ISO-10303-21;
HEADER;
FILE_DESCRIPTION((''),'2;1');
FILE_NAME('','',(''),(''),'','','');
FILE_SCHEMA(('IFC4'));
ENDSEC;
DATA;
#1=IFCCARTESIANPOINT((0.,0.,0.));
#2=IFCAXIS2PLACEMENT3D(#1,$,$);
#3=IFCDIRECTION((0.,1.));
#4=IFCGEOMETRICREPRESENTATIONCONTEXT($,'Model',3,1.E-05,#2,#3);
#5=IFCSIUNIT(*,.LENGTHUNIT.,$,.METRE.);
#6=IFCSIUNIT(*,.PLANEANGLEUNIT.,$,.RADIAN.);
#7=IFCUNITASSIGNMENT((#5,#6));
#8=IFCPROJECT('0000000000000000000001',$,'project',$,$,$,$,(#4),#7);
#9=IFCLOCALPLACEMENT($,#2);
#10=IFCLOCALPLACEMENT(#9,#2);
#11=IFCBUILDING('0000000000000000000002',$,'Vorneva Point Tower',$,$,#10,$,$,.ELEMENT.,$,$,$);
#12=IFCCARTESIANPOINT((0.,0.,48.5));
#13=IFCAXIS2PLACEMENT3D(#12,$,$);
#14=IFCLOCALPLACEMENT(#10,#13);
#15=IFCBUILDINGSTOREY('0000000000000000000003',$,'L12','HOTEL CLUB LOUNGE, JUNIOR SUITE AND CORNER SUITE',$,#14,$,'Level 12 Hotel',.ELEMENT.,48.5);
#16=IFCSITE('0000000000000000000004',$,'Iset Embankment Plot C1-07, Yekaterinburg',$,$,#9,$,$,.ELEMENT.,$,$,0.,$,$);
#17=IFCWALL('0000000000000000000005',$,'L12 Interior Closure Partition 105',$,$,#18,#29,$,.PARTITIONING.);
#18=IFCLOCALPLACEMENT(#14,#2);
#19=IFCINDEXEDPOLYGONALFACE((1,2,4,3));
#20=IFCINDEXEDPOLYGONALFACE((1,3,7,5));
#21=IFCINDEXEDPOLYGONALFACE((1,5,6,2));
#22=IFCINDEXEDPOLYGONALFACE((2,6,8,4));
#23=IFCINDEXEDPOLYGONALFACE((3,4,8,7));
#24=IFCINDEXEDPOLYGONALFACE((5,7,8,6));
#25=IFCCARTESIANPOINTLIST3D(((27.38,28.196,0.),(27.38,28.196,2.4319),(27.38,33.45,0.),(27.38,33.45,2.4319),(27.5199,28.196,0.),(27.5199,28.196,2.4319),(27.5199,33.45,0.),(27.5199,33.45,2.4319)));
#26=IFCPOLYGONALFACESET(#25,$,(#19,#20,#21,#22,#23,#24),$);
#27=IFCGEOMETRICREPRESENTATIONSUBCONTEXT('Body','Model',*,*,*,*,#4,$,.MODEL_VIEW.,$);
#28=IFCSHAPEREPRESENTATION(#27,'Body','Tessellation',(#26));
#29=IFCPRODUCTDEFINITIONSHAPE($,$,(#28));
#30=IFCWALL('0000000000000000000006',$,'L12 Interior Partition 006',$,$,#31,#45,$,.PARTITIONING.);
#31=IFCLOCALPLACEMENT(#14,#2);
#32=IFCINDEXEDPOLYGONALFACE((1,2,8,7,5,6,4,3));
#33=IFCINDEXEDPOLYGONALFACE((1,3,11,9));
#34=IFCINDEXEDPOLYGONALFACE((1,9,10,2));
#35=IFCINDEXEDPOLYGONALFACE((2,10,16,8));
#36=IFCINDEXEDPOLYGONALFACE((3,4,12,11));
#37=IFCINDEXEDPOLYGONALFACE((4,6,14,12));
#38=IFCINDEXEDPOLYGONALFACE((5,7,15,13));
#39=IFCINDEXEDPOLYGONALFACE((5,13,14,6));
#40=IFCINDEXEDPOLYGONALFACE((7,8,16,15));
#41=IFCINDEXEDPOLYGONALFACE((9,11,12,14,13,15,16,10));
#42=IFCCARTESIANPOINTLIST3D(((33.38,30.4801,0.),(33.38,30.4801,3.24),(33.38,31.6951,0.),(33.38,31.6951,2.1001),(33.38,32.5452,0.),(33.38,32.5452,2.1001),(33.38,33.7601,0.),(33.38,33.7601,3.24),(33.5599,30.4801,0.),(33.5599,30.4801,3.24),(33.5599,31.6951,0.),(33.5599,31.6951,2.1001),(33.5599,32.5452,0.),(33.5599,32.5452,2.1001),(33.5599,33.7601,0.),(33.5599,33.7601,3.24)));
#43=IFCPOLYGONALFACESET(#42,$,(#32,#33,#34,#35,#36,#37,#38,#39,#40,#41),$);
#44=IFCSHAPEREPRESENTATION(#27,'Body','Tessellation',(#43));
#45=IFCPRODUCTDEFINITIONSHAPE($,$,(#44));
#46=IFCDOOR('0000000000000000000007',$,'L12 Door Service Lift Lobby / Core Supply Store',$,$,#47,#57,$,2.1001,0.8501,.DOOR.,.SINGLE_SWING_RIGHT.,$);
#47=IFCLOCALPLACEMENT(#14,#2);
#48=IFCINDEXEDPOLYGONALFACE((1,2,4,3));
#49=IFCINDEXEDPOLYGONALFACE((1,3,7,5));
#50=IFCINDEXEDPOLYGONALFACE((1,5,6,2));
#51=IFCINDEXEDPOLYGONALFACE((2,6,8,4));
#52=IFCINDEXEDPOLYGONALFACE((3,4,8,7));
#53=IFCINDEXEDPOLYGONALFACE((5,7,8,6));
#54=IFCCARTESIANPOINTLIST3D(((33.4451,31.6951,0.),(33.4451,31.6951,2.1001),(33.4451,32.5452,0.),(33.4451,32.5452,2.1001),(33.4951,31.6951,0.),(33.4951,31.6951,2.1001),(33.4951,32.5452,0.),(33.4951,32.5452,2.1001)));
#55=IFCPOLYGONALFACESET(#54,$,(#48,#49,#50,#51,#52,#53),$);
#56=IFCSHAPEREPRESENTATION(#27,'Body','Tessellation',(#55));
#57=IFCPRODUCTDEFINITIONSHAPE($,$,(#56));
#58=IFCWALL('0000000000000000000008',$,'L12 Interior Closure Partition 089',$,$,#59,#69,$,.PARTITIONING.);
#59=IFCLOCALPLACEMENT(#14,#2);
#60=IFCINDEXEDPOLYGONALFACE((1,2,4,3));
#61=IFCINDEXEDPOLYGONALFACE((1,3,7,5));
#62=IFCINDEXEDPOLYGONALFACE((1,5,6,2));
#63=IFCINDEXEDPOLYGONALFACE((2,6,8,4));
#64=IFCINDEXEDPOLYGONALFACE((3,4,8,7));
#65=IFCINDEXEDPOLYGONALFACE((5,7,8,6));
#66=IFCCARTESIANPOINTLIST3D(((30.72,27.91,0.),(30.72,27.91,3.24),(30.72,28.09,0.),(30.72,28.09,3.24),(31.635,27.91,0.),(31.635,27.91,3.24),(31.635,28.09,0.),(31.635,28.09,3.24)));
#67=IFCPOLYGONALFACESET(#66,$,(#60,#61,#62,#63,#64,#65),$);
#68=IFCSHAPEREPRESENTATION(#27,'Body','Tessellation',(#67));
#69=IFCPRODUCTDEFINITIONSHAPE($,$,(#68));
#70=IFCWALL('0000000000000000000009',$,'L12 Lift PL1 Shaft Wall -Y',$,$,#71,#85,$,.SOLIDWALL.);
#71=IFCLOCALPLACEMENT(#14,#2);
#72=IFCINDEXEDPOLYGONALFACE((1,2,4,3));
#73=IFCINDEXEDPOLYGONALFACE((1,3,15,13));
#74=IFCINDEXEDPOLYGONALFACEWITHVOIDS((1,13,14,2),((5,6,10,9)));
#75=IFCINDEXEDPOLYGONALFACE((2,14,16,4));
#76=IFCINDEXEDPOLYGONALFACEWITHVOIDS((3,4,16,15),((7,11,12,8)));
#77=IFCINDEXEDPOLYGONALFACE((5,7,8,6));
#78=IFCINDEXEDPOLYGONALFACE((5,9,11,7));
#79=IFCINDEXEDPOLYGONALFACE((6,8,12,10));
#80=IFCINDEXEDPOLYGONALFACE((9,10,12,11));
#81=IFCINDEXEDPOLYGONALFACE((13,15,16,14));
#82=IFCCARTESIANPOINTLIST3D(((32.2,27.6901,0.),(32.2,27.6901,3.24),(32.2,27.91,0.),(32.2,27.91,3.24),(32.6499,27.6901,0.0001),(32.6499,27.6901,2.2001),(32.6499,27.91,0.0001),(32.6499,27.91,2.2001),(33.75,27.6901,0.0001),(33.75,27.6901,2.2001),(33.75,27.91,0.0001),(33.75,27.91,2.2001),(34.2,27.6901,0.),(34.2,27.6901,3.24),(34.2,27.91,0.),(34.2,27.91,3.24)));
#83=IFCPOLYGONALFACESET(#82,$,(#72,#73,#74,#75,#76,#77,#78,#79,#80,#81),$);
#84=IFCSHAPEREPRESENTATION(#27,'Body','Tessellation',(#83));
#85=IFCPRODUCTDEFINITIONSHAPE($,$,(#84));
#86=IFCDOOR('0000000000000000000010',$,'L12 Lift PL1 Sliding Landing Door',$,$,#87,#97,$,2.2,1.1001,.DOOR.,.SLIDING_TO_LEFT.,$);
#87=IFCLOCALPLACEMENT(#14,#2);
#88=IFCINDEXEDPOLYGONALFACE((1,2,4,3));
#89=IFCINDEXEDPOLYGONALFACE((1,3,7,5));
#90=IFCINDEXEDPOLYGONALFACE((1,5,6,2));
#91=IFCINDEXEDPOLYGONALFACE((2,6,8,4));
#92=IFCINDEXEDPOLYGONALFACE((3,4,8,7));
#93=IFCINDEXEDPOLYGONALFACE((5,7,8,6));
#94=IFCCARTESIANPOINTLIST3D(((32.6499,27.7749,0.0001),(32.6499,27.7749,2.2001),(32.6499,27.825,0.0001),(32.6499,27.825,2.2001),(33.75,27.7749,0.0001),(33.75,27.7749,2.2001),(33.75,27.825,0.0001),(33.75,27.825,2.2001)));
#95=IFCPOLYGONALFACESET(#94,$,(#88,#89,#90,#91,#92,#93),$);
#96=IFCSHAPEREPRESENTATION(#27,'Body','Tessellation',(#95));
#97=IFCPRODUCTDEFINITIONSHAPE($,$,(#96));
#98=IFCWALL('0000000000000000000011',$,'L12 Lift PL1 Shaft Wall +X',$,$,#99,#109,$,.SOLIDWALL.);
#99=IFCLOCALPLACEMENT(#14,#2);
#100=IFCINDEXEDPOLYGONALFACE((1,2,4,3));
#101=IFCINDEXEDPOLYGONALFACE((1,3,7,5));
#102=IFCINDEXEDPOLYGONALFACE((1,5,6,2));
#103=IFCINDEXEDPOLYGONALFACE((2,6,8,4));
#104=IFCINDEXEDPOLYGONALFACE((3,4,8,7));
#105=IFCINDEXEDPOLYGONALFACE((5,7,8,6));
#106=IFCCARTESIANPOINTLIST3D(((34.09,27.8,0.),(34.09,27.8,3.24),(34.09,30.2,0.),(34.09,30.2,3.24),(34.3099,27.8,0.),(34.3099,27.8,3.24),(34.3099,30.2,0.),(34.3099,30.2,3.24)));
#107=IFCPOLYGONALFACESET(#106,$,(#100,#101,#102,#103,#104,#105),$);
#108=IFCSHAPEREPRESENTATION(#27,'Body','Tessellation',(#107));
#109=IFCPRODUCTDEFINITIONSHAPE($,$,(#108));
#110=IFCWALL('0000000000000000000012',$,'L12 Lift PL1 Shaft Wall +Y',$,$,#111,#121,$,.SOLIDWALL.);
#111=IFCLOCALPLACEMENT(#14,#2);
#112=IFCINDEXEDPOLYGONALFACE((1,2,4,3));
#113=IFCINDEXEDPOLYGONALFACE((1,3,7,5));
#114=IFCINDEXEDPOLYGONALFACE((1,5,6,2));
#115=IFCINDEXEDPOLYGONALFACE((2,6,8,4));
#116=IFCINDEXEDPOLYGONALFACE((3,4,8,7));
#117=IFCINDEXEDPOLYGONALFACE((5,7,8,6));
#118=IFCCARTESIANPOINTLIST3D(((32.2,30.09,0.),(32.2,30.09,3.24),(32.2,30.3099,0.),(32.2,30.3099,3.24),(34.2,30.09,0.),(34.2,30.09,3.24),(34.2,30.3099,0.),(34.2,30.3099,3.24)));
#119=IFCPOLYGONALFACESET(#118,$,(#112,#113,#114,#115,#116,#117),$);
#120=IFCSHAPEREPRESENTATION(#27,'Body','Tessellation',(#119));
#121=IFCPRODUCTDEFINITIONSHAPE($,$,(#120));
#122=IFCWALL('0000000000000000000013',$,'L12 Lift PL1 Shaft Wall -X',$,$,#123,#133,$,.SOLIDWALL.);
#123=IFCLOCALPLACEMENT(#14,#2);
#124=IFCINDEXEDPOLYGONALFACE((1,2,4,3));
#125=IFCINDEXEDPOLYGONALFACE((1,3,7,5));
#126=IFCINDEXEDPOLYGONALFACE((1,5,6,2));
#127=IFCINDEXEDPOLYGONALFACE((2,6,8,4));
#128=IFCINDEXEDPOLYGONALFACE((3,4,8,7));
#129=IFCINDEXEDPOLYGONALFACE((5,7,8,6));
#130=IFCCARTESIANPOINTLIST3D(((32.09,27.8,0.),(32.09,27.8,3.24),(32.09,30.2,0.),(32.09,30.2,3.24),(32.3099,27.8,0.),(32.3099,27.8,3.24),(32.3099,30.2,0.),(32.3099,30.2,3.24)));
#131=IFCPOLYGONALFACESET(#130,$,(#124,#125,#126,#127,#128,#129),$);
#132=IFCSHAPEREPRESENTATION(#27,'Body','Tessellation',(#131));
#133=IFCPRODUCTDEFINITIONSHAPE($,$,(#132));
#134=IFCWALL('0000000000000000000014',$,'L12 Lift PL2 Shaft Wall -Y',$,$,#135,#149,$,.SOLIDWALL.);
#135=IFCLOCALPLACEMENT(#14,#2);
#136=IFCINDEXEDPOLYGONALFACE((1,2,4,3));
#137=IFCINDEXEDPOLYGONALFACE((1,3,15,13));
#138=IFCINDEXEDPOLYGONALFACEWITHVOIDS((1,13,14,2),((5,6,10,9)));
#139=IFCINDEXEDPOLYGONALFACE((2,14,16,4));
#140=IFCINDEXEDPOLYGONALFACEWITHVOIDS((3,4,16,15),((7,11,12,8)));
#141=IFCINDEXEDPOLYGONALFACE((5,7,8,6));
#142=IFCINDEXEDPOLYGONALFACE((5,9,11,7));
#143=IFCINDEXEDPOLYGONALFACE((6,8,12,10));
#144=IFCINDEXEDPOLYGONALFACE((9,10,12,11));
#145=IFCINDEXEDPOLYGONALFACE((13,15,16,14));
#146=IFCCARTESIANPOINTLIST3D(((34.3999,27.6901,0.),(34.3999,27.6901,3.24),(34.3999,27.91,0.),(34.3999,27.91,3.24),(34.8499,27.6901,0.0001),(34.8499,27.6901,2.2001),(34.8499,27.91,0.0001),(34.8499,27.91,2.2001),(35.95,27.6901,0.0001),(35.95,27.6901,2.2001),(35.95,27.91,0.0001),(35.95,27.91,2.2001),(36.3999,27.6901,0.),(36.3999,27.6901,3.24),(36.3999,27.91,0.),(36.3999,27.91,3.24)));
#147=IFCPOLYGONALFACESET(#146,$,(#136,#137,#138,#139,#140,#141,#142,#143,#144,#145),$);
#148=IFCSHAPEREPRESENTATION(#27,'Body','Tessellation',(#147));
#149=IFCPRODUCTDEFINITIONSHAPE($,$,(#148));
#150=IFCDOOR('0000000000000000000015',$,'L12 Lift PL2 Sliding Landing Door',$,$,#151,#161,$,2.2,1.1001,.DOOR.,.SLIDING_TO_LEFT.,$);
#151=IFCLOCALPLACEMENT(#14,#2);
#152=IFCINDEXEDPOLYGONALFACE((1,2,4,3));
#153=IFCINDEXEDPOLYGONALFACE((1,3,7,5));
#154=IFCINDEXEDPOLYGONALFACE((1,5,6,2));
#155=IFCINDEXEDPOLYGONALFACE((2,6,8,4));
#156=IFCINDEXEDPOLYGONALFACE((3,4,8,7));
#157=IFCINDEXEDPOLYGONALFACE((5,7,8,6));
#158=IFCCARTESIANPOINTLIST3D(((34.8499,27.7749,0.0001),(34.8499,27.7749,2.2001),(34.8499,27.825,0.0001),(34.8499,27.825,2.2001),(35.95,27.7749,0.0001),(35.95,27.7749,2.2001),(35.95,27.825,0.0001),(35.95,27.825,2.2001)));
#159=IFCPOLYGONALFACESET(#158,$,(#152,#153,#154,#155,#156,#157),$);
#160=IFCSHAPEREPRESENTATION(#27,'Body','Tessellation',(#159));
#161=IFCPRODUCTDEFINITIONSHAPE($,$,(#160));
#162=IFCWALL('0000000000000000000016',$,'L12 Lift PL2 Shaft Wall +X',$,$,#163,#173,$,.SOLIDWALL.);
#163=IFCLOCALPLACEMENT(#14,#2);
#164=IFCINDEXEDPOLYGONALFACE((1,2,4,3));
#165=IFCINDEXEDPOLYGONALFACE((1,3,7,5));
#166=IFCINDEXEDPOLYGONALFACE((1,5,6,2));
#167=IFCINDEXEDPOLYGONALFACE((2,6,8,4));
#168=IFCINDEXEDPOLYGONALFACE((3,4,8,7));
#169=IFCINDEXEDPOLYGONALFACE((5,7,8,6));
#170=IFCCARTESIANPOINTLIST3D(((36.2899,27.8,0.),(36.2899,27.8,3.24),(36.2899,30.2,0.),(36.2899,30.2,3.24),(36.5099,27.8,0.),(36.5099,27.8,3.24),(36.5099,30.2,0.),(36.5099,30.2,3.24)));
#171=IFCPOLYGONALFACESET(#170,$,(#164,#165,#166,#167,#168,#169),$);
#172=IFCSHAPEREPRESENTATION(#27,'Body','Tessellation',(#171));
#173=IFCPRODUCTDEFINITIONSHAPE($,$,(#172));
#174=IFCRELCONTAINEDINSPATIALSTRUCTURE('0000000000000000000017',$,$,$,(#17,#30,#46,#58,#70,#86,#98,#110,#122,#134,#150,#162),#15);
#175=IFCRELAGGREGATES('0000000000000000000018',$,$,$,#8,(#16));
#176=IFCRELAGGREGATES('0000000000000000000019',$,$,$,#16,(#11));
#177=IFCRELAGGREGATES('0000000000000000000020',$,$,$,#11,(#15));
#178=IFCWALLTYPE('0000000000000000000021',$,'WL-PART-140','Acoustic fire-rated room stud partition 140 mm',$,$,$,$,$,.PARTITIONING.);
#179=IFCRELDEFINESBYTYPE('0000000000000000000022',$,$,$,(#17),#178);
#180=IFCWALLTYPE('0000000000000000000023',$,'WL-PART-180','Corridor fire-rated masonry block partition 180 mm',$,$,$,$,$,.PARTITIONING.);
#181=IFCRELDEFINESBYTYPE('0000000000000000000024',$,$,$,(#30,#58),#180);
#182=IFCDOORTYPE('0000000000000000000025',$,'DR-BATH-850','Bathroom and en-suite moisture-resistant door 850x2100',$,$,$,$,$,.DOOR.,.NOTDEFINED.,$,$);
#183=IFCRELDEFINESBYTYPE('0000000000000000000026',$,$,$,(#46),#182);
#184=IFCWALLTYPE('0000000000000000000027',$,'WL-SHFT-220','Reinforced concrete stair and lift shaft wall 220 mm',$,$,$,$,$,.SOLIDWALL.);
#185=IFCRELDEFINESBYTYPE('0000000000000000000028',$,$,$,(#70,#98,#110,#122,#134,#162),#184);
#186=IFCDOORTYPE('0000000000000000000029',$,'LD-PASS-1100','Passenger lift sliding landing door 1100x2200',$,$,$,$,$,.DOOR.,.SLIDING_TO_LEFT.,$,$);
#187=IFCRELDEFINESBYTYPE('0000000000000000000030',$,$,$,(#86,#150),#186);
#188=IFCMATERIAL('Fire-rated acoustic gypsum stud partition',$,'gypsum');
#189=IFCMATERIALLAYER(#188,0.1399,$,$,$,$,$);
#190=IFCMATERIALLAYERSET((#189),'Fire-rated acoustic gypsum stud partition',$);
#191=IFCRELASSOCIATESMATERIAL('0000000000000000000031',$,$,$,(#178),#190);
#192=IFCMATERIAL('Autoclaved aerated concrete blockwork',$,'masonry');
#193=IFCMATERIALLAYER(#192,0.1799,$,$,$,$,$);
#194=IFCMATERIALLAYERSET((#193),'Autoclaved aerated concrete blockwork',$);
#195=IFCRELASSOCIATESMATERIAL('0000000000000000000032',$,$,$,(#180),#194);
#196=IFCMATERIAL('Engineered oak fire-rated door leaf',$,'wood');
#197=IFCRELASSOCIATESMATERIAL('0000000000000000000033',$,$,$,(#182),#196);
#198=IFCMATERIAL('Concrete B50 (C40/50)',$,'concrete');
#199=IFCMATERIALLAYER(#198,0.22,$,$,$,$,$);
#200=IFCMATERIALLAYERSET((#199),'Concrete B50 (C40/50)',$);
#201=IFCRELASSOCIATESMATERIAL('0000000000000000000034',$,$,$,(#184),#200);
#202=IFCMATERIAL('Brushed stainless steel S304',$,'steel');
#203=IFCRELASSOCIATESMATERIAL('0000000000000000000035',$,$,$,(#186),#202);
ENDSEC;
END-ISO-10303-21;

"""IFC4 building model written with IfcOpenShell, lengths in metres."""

from ifc_helpers import new_model, si_unit, direction, frame, frame_2d, origin, place, context, subcontext, project, spatial, rectangle, extrude, material, layer, layer_set, type_object, element, fill, save


model = new_model("IFC4")

# Units and contexts
model_context = context("Model", 3, precision=1e-05, world=origin(), true_north=direction((0.0, 1.0)))
body_context = subcontext(model_context, "Body", "Model", "MODEL_VIEW")
ifc_project = project(units=[si_unit("LENGTHUNIT", "METRE"), si_unit("PLANEANGLEUNIT", "RADIAN")], contexts=[model_context])

# Site, building, storey
site_placement = place(None, origin())
site = spatial("IfcSite", under=ifc_project, at=site_placement, Name="Iset Embankment Plot C1-07, Yekaterinburg", CompositionType="ELEMENT", RefElevation=0.0)
building_placement = place(site_placement, origin())
building = spatial("IfcBuilding", under=site, at=building_placement, Name="Vorneva Point Tower", CompositionType="ELEMENT")
storey_placement = place(building_placement, frame((0.0, 0.0, 48.5)))
storey = spatial("IfcBuildingStorey", under=building, at=storey_placement, Name="L12", Description="HOTEL CLUB LOUNGE, JUNIOR SUITE AND CORNER SUITE", LongName="Level 12 Hotel", CompositionType="ELEMENT", Elevation=48.5)

# Shared definitions
ifc_material_1 = material(Name="Brushed stainless steel S304", Category="steel")

# Wall
ifc_material_2 = material(Name="Fire-rated acoustic gypsum stud partition", Category="gypsum")
ifc_layer_1 = layer(ifc_material_2, 0.1399)
ifc_layer_set_1 = layer_set([ifc_layer_1], Name="Fire-rated acoustic gypsum stud partition")
wall_type_1 = type_object("IfcWallType", Name="WL-PART-140", Description="Acoustic fire-rated room stud partition 140 mm", PredefinedType="PARTITIONING", material=ifc_layer_set_1)
wall_1_placement = place(storey_placement, frame((27.45, 28.196, 0.0), z_axis=(0.0, 0.0, 1.0), x_axis=(0.0, 1.0, 0.0)))
element("IfcWall", 1, at=wall_1_placement, inside=storey, type_object=wall_type_1, Name="L12 Interior Closure Partition 105", PredefinedType="PARTITIONING", context=body_context, shape_type="SweptSolid", body=[
    extrude(rectangle(XDim=5.2539, YDim=0.1399, at=frame_2d((2.627, 0.0))), origin(), (0.0, 0.0, 1.0), 2.4319),
])

# Wall, opening, door
ifc_material_3 = material(Name="Autoclaved aerated concrete blockwork", Category="masonry")
ifc_layer_2 = layer(ifc_material_3, 0.1799)
ifc_layer_set_2 = layer_set([ifc_layer_2], Name="Autoclaved aerated concrete blockwork")
wall_type_2 = type_object("IfcWallType", Name="WL-PART-180", Description="Corridor fire-rated masonry block partition 180 mm", PredefinedType="PARTITIONING", material=ifc_layer_set_2)
wall_2_placement = place(storey_placement, frame((33.47, 30.48, 0.0), z_axis=(0.0, 0.0, 1.0), x_axis=(0.0, 1.0, 0.0)))
wall_2 = element("IfcWall", 2, at=wall_2_placement, inside=storey, type_object=wall_type_2, Name="L12 Interior Partition 006", PredefinedType="PARTITIONING", context=body_context, shape_type="SweptSolid", body=[
    extrude(rectangle(XDim=3.28, YDim=0.1799, at=frame_2d((1.6401, 0.0))), origin(), (0.0, 0.0, 1.0), 3.24),
])
opening_1_placement = place(wall_2_placement, frame((1.2151, 0.0, 0.0)))
opening_1 = element("IfcOpeningElement", 3, at=opening_1_placement, cuts=wall_2, PredefinedType="OPENING", context=body_context, shape_type="SweptSolid", body=[
    extrude(rectangle(XDim=0.8501, YDim=2.1001, at=frame_2d((0.425, 1.05))), frame((0.0, 0.105, 0.0), z_axis=(0.0, -1.0, 0.0), x_axis=(1.0, 0.0, 0.0)), (0.0, 0.0, 1.0), 0.2097),
])
ifc_material_4 = material(Name="Engineered oak fire-rated door leaf", Category="wood")
door_type_1 = type_object("IfcDoorType", Name="DR-BATH-850", Description="Bathroom and en-suite moisture-resistant door 850x2100", OperationType="NOTDEFINED", PredefinedType="DOOR", material=ifc_material_4)
door_1_placement = place(opening_1_placement, origin())
door_1 = element("IfcDoor", 4, at=door_1_placement, inside=storey, type_object=door_type_1, Name="L12 Door Service Lift Lobby / Core Supply Store", OperationType="SINGLE_SWING_RIGHT", OverallHeight=2.1001, OverallWidth=0.8501, PredefinedType="DOOR", context=body_context, shape_type="SweptSolid", body=[
    extrude(rectangle(XDim=0.8501, YDim=2.1001, at=frame_2d((0.425, 1.05))), frame((0.0, 0.0249, 0.0), z_axis=(0.0, -1.0, 0.0), x_axis=(1.0, 0.0, 0.0)), (0.0, 0.0, 1.0), 0.05),
])
fill(opening_1, door_1)

# Wall
wall_3_placement = place(storey_placement, frame((31.635, 28.0, 0.0), z_axis=(0.0, 0.0, 1.0), x_axis=(-1.0, 0.0, 0.0)))
element("IfcWall", 5, at=wall_3_placement, inside=storey, type_object=wall_type_2, Name="L12 Interior Closure Partition 089", PredefinedType="PARTITIONING", context=body_context, shape_type="SweptSolid", body=[
    extrude(rectangle(XDim=0.915, YDim=0.1799, at=frame_2d((0.4575, 0.0))), origin(), (0.0, 0.0, 1.0), 3.24),
])

# Wall, opening, door
ifc_material_5 = material(Name="Concrete B50 (C40/50)", Category="concrete")
ifc_layer_3 = layer(ifc_material_5, 0.22)
ifc_layer_set_3 = layer_set([ifc_layer_3], Name="Concrete B50 (C40/50)")
wall_type_3 = type_object("IfcWallType", Name="WL-SHFT-220", Description="Reinforced concrete stair and lift shaft wall 220 mm", PredefinedType="SOLIDWALL", material=ifc_layer_set_3)
wall_4_placement = place(storey_placement, frame((32.2, 27.8, 0.0), z_axis=(0.0, 0.0, 1.0), x_axis=(1.0, 0.0, 0.0)))
wall_4 = element("IfcWall", 6, at=wall_4_placement, inside=storey, type_object=wall_type_3, Name="L12 Lift PL1 Shaft Wall -Y", PredefinedType="SOLIDWALL", context=body_context, shape_type="SweptSolid", body=[
    extrude(rectangle(XDim=2.0, YDim=0.22, at=frame_2d((1.0, 0.0))), origin(), (0.0, 0.0, 1.0), 3.24),
])
opening_2_placement = place(wall_4_placement, frame((0.45, 0.0, 0.0)))
opening_2 = element("IfcOpeningElement", 7, at=opening_2_placement, cuts=wall_4, PredefinedType="OPENING", context=body_context, shape_type="SweptSolid", body=[
    extrude(rectangle(XDim=1.1001, YDim=2.2, at=frame_2d((0.55, 1.1001))), frame((0.0, 0.125, 0.0), z_axis=(0.0, -1.0, 0.0), x_axis=(1.0, 0.0, 0.0)), (0.0, 0.0, 1.0), 0.2498),
])
door_type_2 = type_object("IfcDoorType", Name="LD-PASS-1100", Description="Passenger lift sliding landing door 1100x2200", OperationType="SLIDING_TO_LEFT", PredefinedType="DOOR", material=ifc_material_1)
door_2_placement = place(opening_2_placement, origin())
door_2 = element("IfcDoor", 8, at=door_2_placement, inside=storey, type_object=door_type_2, Name="L12 Lift PL1 Sliding Landing Door", OperationType="SLIDING_TO_LEFT", OverallHeight=2.2, OverallWidth=1.1001, PredefinedType="DOOR", context=body_context, shape_type="SweptSolid", body=[
    extrude(rectangle(XDim=1.1001, YDim=2.2, at=frame_2d((0.55, 1.1001))), frame((0.0, 0.0249, 0.0), z_axis=(0.0, -1.0, 0.0), x_axis=(1.0, 0.0, 0.0)), (0.0, 0.0, 1.0), 0.05),
])
fill(opening_2, door_2)

# Walls
wall_5_placement = place(storey_placement, frame((34.2, 27.8, 0.0), z_axis=(0.0, 0.0, 1.0), x_axis=(0.0, 1.0, 0.0)))
element("IfcWall", 9, at=wall_5_placement, inside=storey, type_object=wall_type_3, Name="L12 Lift PL1 Shaft Wall +X", PredefinedType="SOLIDWALL", context=body_context, shape_type="SweptSolid", body=[
    extrude(rectangle(XDim=2.3999, YDim=0.22, at=frame_2d((1.2, 0.0))), origin(), (0.0, 0.0, 1.0), 3.24),
])
wall_6_placement = place(storey_placement, frame((34.2, 30.2, 0.0), z_axis=(0.0, 0.0, 1.0), x_axis=(-1.0, 0.0, 0.0)))
element("IfcWall", 10, at=wall_6_placement, inside=storey, type_object=wall_type_3, Name="L12 Lift PL1 Shaft Wall +Y", PredefinedType="SOLIDWALL", context=body_context, shape_type="SweptSolid", body=[
    extrude(rectangle(XDim=2.0, YDim=0.22, at=frame_2d((1.0, 0.0))), origin(), (0.0, 0.0, 1.0), 3.24),
])
wall_7_placement = place(storey_placement, frame((32.2, 30.2, 0.0), z_axis=(0.0, 0.0, 1.0), x_axis=(0.0, -1.0, 0.0)))
element("IfcWall", 11, at=wall_7_placement, inside=storey, type_object=wall_type_3, Name="L12 Lift PL1 Shaft Wall -X", PredefinedType="SOLIDWALL", context=body_context, shape_type="SweptSolid", body=[
    extrude(rectangle(XDim=2.3999, YDim=0.22, at=frame_2d((1.2, 0.0))), origin(), (0.0, 0.0, 1.0), 3.24),
])

# Wall, opening, door
wall_8_placement = place(storey_placement, frame((34.3999, 27.8, 0.0), z_axis=(0.0, 0.0, 1.0), x_axis=(1.0, 0.0, 0.0)))
wall_8 = element("IfcWall", 12, at=wall_8_placement, inside=storey, type_object=wall_type_3, Name="L12 Lift PL2 Shaft Wall -Y", PredefinedType="SOLIDWALL", context=body_context, shape_type="SweptSolid", body=[
    extrude(rectangle(XDim=2.0, YDim=0.22, at=frame_2d((1.0, 0.0))), origin(), (0.0, 0.0, 1.0), 3.24),
])
opening_3_placement = place(wall_8_placement, frame((0.45, 0.0, 0.0)))
opening_3 = element("IfcOpeningElement", 13, at=opening_3_placement, cuts=wall_8, PredefinedType="OPENING", context=body_context, shape_type="SweptSolid", body=[
    extrude(rectangle(XDim=1.1001, YDim=2.2, at=frame_2d((0.55, 1.1001))), frame((0.0, 0.125, 0.0), z_axis=(0.0, -1.0, 0.0), x_axis=(1.0, 0.0, 0.0)), (0.0, 0.0, 1.0), 0.2498),
])
door_3_placement = place(opening_3_placement, origin())
door_3 = element("IfcDoor", 14, at=door_3_placement, inside=storey, type_object=door_type_2, Name="L12 Lift PL2 Sliding Landing Door", OperationType="SLIDING_TO_LEFT", OverallHeight=2.2, OverallWidth=1.1001, PredefinedType="DOOR", context=body_context, shape_type="SweptSolid", body=[
    extrude(rectangle(XDim=1.1001, YDim=2.2, at=frame_2d((0.55, 1.1001))), frame((0.0, 0.0249, 0.0), z_axis=(0.0, -1.0, 0.0), x_axis=(1.0, 0.0, 0.0)), (0.0, 0.0, 1.0), 0.05),
])
fill(opening_3, door_3)

# Wall
wall_9_placement = place(storey_placement, frame((36.3999, 27.8, 0.0), z_axis=(0.0, 0.0, 1.0), x_axis=(0.0, 1.0, 0.0)))
element("IfcWall", 15, at=wall_9_placement, inside=storey, type_object=wall_type_3, Name="L12 Lift PL2 Shaft Wall +X", PredefinedType="SOLIDWALL", context=body_context, shape_type="SweptSolid", body=[
    extrude(rectangle(XDim=2.3999, YDim=0.22, at=frame_2d((1.2, 0.0))), origin(), (0.0, 0.0, 1.0), 3.24),
])

save(model, "model.ifc")
